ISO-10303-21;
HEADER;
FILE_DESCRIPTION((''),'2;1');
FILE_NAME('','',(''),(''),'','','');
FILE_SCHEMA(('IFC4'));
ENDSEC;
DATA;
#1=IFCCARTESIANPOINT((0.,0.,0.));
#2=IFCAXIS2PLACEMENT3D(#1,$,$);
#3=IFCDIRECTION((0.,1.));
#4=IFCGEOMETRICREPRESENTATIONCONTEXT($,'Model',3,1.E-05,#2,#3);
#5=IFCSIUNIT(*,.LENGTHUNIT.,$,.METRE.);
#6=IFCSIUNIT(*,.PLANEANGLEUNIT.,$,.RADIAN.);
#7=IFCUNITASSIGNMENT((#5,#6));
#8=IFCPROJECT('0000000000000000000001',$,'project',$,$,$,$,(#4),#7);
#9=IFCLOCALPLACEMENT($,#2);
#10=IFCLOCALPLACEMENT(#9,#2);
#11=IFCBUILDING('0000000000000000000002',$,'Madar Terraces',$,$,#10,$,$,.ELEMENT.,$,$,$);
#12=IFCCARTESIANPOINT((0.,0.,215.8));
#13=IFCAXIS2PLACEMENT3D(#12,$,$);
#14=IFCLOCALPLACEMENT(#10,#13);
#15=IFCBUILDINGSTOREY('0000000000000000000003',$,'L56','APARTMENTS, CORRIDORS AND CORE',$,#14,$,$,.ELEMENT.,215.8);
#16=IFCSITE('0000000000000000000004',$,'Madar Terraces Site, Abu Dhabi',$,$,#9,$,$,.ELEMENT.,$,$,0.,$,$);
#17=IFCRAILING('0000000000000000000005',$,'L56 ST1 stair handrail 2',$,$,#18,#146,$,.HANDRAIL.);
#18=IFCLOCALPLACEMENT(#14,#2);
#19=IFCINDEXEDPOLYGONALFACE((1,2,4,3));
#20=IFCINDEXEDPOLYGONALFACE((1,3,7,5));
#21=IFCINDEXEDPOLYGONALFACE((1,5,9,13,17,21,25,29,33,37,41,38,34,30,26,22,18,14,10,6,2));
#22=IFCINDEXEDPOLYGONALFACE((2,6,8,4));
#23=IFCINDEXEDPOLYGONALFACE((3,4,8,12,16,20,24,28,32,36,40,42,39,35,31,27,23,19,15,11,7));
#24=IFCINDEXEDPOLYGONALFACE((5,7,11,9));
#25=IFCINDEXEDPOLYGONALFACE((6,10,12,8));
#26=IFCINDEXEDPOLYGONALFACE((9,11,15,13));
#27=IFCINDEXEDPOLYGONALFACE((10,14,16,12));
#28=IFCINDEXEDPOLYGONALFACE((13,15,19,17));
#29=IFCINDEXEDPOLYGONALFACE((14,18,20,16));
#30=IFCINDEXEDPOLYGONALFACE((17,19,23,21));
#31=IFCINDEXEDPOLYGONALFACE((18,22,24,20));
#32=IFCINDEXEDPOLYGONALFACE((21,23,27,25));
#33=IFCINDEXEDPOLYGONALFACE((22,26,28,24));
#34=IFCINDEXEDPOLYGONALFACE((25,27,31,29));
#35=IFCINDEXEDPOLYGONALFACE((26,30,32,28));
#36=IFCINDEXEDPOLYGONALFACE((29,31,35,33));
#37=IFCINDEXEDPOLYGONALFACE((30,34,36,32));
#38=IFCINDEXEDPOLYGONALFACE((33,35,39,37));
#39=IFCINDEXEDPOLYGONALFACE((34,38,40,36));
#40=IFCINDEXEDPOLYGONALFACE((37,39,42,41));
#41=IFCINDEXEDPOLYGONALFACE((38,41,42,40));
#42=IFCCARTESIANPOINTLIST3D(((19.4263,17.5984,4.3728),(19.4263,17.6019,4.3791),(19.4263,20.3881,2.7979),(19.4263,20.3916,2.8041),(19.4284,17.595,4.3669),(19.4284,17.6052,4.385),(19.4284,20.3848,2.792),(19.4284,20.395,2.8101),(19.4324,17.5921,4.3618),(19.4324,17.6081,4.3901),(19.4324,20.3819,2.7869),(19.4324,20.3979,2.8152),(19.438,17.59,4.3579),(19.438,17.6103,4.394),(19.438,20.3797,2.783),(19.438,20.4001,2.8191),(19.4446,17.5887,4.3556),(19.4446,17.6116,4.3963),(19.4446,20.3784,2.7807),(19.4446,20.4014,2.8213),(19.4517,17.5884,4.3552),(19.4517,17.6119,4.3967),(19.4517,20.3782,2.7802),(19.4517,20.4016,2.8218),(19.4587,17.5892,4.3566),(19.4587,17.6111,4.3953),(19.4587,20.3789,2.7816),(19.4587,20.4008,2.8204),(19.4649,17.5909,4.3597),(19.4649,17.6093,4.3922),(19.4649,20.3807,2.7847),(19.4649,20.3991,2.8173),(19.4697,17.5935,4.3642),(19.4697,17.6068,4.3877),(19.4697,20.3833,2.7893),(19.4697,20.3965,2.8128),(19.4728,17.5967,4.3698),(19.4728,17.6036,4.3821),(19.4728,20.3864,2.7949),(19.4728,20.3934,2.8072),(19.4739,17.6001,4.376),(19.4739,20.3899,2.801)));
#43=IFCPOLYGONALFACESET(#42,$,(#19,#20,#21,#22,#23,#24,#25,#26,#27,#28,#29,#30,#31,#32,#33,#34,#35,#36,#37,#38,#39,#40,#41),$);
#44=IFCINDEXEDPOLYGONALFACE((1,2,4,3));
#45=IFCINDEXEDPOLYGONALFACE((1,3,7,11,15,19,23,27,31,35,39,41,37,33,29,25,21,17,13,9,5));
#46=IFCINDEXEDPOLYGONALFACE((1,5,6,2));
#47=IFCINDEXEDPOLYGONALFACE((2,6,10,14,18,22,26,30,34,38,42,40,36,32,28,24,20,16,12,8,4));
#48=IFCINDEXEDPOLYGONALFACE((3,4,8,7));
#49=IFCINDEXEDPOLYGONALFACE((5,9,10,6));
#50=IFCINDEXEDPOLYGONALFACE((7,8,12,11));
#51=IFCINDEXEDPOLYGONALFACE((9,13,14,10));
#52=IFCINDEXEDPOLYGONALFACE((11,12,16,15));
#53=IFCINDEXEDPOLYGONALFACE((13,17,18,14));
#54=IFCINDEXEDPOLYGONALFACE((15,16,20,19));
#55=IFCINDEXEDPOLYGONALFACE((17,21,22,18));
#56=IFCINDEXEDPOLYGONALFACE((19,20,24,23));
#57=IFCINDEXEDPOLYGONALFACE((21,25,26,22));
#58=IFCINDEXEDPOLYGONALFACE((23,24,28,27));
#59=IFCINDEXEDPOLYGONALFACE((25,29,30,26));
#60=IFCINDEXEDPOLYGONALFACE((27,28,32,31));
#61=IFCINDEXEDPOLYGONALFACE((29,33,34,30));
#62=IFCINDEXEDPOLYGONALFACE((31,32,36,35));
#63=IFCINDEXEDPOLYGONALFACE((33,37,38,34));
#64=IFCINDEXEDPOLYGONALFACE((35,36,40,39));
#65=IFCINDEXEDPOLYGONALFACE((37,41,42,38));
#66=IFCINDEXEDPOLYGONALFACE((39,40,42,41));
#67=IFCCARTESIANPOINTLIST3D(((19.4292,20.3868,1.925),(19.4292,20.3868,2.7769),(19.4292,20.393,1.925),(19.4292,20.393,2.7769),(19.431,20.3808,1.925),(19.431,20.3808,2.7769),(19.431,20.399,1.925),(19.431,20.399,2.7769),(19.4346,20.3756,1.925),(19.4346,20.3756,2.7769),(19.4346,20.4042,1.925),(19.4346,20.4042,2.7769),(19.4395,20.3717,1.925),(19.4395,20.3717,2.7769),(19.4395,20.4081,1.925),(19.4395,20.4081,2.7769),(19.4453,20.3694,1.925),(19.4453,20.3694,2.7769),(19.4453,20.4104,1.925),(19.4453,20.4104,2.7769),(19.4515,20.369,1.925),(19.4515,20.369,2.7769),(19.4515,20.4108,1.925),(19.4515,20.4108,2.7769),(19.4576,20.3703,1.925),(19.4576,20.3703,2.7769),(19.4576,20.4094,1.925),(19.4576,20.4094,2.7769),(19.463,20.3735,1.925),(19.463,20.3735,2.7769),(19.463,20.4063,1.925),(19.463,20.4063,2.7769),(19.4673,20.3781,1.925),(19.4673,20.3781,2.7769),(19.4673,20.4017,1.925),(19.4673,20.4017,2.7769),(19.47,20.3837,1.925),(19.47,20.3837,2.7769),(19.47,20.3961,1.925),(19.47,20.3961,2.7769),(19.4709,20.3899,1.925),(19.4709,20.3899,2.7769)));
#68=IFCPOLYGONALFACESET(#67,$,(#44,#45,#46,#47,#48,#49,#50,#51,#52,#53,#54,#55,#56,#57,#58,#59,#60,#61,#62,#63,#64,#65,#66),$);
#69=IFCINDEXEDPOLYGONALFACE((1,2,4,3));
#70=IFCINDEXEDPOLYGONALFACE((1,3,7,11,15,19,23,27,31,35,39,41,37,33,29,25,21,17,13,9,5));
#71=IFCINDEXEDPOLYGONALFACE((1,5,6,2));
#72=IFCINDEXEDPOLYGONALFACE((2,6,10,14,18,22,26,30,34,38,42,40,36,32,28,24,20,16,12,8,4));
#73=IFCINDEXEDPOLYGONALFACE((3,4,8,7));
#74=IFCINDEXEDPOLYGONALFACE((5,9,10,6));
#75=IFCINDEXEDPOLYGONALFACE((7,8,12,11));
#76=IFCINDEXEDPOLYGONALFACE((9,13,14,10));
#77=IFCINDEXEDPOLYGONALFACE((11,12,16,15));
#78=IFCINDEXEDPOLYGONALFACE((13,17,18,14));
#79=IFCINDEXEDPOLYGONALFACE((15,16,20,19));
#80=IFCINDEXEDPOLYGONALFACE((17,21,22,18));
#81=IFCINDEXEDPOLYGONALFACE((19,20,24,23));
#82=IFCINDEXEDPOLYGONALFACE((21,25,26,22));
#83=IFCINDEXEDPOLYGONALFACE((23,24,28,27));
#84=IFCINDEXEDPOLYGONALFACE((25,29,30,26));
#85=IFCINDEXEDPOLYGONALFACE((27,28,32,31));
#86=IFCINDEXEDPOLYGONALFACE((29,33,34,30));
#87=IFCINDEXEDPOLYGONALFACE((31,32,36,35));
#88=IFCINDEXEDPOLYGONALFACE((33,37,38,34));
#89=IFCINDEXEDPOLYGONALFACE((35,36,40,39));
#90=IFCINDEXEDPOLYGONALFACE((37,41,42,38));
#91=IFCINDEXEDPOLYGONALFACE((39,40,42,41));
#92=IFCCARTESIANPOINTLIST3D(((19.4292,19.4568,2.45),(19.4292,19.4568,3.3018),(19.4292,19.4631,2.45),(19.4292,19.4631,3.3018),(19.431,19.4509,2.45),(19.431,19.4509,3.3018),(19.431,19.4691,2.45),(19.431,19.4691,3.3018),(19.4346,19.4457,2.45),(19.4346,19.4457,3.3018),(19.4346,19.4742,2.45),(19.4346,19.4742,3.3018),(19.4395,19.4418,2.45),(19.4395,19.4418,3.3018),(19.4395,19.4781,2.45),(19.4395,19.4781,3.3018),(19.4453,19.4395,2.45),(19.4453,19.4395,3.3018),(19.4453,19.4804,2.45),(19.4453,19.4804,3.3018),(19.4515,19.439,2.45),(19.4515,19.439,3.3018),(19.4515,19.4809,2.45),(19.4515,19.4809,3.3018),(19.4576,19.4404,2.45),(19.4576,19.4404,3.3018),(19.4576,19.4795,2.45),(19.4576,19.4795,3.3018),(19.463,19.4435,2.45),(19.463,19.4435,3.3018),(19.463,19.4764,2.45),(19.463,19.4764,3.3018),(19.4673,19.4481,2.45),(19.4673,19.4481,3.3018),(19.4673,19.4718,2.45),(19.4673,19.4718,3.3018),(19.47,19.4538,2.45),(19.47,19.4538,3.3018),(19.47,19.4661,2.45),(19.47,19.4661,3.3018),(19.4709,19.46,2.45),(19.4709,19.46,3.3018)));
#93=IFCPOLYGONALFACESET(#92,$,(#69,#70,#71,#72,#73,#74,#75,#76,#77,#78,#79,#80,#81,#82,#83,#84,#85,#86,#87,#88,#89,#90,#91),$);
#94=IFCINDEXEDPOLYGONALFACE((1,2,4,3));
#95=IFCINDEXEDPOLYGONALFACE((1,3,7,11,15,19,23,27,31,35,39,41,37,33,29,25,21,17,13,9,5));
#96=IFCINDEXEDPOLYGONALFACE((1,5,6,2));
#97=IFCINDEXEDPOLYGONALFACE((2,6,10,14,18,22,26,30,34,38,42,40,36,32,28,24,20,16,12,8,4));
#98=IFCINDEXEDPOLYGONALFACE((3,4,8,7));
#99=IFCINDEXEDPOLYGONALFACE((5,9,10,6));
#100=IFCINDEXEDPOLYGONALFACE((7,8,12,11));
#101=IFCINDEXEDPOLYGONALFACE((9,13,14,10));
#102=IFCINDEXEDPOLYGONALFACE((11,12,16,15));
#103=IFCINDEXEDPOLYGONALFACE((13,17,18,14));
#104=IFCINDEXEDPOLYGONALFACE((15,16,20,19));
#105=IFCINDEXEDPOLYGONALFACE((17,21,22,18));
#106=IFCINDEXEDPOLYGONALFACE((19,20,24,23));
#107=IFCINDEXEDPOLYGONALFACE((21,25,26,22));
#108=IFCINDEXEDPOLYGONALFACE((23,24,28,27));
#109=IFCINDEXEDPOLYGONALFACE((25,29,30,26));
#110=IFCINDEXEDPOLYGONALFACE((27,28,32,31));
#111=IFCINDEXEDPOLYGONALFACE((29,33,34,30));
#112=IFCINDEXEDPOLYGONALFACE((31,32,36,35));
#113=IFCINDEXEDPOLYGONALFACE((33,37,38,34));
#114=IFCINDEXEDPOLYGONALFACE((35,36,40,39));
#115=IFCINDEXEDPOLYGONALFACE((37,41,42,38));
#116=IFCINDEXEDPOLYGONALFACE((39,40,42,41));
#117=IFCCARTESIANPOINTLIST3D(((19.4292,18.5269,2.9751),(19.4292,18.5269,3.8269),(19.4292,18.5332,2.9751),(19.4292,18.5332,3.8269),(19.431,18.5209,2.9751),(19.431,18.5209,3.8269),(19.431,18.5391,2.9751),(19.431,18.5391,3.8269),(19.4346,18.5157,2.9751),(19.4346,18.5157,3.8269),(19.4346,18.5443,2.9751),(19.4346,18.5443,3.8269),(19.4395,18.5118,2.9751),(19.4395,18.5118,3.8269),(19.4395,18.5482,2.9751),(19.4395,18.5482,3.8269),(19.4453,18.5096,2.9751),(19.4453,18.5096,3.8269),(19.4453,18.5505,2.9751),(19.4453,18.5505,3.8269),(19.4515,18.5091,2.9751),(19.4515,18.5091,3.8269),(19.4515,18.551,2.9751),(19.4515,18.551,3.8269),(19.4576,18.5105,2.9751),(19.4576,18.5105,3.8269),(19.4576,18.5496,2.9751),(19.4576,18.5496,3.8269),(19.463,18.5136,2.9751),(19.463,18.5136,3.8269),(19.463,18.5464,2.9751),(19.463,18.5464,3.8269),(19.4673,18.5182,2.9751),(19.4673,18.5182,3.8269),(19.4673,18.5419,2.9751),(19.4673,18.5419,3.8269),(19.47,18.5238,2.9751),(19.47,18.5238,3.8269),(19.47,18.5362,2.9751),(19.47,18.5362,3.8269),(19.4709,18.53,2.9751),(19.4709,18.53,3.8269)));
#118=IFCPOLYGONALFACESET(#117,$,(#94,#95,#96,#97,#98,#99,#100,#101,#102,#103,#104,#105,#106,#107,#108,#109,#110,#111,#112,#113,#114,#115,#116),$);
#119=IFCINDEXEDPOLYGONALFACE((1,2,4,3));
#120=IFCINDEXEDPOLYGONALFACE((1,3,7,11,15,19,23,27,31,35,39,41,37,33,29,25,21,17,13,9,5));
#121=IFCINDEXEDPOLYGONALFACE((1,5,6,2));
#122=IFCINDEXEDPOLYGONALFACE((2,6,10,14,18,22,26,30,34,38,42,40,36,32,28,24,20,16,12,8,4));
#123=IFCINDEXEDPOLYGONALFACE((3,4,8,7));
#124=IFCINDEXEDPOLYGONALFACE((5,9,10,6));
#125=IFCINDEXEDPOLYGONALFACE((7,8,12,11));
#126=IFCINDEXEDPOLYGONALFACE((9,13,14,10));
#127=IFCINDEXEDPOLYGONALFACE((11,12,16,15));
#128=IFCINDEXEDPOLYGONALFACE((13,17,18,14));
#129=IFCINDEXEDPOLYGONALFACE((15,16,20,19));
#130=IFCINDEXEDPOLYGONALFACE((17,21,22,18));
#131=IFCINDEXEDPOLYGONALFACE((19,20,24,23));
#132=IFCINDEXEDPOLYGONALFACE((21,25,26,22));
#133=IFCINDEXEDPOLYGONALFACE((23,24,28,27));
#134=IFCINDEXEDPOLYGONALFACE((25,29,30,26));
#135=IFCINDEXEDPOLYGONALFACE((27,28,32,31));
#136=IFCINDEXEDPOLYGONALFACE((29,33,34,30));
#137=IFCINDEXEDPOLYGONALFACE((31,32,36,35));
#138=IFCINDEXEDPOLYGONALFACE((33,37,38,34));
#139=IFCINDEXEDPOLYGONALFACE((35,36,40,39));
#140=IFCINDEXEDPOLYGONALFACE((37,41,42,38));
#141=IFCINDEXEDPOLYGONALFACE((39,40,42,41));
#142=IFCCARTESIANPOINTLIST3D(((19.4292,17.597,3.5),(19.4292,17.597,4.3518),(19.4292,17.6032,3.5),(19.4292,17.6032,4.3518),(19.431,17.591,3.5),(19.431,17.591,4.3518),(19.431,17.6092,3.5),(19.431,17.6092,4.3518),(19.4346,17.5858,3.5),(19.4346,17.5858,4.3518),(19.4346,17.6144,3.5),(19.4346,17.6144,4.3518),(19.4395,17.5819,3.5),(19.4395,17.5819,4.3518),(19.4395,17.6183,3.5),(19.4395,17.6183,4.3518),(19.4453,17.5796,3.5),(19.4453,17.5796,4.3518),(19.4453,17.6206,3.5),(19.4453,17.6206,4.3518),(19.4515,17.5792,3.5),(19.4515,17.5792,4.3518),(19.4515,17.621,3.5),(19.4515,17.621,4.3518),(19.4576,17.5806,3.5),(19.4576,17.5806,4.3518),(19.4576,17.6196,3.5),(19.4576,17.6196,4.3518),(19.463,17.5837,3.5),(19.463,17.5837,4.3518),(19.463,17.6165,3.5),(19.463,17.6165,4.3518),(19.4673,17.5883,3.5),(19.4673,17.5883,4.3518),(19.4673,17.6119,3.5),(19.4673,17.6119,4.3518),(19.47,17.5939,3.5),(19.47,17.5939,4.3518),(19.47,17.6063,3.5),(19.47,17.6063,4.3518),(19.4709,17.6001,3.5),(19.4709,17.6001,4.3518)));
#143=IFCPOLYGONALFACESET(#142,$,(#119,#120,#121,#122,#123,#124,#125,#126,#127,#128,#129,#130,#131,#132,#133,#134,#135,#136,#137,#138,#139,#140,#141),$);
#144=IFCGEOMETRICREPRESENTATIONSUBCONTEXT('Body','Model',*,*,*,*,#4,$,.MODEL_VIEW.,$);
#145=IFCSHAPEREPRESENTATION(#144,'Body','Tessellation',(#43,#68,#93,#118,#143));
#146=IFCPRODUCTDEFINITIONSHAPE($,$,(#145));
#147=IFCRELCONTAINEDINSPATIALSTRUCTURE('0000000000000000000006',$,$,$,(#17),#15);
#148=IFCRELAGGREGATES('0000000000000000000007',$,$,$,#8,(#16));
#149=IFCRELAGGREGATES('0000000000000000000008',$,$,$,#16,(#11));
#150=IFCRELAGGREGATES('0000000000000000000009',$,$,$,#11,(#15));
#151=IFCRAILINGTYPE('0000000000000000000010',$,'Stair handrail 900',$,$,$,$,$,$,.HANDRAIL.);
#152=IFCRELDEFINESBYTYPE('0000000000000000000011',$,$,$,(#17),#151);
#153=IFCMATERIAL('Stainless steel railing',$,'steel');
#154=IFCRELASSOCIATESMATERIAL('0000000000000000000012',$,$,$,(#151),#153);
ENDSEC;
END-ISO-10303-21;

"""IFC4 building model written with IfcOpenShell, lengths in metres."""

from ifc_helpers import new_model, si_unit, direction, frame, origin, origin_2d, place, context, subcontext, project, spatial, circle, extrude, material, type_object, element, save


model = new_model("IFC4")

# Units and contexts
model_context = context("Model", 3, precision=1e-05, world=origin(), true_north=direction((0.0, 1.0)))
body_context = subcontext(model_context, "Body", "Model", "MODEL_VIEW")
ifc_project = project(units=[si_unit("LENGTHUNIT", "METRE"), si_unit("PLANEANGLEUNIT", "RADIAN")], contexts=[model_context])

# Site, building, storey
site_placement = place(None, origin())
site = spatial("IfcSite", under=ifc_project, at=site_placement, Name="Madar Terraces Site, Abu Dhabi", CompositionType="ELEMENT", RefElevation=0.0)
building_placement = place(site_placement, origin())
building = spatial("IfcBuilding", under=site, at=building_placement, Name="Madar Terraces", CompositionType="ELEMENT")
storey_placement = place(building_placement, frame((0.0, 0.0, 215.8)))
storey = spatial("IfcBuildingStorey", under=building, at=storey_placement, Name="L56", Description="APARTMENTS, CORRIDORS AND CORE", CompositionType="ELEMENT", Elevation=215.8)

# Railing
ifc_material_1 = material(Name="Stainless steel railing", Category="steel")
railing_type_1 = type_object("IfcRailingType", Name="Stair handrail 900", PredefinedType="HANDRAIL", material=ifc_material_1)
railing_1_placement = place(storey_placement, frame((19.45, 20.3899, 1.925)))
element("IfcRailing", 1, at=railing_1_placement, inside=storey, type_object=railing_type_1, Name="L56 ST1 stair handrail 2", PredefinedType="HANDRAIL", context=body_context, shape_type="SweptSolid", body=[
    extrude(circle(Radius=0.0239, at=origin_2d()), frame((0.0, 0.0, 0.876), z_axis=(0.0, -0.870815, 0.49161), x_axis=(1.0, 0.0, 0.0)), (0.0, 0.0, 1.0), 3.2036),
    extrude(circle(Radius=0.021, at=origin_2d()), origin(), (0.0, 0.0, 1.0), 0.8518),
    extrude(circle(Radius=0.021, at=origin_2d()), frame((0.0, -0.9299, 0.5249)), (0.0, 0.0, 1.0), 0.8518),
    extrude(circle(Radius=0.021, at=origin_2d()), frame((0.0, -1.8599, 1.05)), (0.0, 0.0, 1.0), 0.8518),
    extrude(circle(Radius=0.021, at=origin_2d()), frame((0.0, -2.7898, 1.575)), (0.0, 0.0, 1.0), 0.8518),
])

save(model, "model.ifc")
